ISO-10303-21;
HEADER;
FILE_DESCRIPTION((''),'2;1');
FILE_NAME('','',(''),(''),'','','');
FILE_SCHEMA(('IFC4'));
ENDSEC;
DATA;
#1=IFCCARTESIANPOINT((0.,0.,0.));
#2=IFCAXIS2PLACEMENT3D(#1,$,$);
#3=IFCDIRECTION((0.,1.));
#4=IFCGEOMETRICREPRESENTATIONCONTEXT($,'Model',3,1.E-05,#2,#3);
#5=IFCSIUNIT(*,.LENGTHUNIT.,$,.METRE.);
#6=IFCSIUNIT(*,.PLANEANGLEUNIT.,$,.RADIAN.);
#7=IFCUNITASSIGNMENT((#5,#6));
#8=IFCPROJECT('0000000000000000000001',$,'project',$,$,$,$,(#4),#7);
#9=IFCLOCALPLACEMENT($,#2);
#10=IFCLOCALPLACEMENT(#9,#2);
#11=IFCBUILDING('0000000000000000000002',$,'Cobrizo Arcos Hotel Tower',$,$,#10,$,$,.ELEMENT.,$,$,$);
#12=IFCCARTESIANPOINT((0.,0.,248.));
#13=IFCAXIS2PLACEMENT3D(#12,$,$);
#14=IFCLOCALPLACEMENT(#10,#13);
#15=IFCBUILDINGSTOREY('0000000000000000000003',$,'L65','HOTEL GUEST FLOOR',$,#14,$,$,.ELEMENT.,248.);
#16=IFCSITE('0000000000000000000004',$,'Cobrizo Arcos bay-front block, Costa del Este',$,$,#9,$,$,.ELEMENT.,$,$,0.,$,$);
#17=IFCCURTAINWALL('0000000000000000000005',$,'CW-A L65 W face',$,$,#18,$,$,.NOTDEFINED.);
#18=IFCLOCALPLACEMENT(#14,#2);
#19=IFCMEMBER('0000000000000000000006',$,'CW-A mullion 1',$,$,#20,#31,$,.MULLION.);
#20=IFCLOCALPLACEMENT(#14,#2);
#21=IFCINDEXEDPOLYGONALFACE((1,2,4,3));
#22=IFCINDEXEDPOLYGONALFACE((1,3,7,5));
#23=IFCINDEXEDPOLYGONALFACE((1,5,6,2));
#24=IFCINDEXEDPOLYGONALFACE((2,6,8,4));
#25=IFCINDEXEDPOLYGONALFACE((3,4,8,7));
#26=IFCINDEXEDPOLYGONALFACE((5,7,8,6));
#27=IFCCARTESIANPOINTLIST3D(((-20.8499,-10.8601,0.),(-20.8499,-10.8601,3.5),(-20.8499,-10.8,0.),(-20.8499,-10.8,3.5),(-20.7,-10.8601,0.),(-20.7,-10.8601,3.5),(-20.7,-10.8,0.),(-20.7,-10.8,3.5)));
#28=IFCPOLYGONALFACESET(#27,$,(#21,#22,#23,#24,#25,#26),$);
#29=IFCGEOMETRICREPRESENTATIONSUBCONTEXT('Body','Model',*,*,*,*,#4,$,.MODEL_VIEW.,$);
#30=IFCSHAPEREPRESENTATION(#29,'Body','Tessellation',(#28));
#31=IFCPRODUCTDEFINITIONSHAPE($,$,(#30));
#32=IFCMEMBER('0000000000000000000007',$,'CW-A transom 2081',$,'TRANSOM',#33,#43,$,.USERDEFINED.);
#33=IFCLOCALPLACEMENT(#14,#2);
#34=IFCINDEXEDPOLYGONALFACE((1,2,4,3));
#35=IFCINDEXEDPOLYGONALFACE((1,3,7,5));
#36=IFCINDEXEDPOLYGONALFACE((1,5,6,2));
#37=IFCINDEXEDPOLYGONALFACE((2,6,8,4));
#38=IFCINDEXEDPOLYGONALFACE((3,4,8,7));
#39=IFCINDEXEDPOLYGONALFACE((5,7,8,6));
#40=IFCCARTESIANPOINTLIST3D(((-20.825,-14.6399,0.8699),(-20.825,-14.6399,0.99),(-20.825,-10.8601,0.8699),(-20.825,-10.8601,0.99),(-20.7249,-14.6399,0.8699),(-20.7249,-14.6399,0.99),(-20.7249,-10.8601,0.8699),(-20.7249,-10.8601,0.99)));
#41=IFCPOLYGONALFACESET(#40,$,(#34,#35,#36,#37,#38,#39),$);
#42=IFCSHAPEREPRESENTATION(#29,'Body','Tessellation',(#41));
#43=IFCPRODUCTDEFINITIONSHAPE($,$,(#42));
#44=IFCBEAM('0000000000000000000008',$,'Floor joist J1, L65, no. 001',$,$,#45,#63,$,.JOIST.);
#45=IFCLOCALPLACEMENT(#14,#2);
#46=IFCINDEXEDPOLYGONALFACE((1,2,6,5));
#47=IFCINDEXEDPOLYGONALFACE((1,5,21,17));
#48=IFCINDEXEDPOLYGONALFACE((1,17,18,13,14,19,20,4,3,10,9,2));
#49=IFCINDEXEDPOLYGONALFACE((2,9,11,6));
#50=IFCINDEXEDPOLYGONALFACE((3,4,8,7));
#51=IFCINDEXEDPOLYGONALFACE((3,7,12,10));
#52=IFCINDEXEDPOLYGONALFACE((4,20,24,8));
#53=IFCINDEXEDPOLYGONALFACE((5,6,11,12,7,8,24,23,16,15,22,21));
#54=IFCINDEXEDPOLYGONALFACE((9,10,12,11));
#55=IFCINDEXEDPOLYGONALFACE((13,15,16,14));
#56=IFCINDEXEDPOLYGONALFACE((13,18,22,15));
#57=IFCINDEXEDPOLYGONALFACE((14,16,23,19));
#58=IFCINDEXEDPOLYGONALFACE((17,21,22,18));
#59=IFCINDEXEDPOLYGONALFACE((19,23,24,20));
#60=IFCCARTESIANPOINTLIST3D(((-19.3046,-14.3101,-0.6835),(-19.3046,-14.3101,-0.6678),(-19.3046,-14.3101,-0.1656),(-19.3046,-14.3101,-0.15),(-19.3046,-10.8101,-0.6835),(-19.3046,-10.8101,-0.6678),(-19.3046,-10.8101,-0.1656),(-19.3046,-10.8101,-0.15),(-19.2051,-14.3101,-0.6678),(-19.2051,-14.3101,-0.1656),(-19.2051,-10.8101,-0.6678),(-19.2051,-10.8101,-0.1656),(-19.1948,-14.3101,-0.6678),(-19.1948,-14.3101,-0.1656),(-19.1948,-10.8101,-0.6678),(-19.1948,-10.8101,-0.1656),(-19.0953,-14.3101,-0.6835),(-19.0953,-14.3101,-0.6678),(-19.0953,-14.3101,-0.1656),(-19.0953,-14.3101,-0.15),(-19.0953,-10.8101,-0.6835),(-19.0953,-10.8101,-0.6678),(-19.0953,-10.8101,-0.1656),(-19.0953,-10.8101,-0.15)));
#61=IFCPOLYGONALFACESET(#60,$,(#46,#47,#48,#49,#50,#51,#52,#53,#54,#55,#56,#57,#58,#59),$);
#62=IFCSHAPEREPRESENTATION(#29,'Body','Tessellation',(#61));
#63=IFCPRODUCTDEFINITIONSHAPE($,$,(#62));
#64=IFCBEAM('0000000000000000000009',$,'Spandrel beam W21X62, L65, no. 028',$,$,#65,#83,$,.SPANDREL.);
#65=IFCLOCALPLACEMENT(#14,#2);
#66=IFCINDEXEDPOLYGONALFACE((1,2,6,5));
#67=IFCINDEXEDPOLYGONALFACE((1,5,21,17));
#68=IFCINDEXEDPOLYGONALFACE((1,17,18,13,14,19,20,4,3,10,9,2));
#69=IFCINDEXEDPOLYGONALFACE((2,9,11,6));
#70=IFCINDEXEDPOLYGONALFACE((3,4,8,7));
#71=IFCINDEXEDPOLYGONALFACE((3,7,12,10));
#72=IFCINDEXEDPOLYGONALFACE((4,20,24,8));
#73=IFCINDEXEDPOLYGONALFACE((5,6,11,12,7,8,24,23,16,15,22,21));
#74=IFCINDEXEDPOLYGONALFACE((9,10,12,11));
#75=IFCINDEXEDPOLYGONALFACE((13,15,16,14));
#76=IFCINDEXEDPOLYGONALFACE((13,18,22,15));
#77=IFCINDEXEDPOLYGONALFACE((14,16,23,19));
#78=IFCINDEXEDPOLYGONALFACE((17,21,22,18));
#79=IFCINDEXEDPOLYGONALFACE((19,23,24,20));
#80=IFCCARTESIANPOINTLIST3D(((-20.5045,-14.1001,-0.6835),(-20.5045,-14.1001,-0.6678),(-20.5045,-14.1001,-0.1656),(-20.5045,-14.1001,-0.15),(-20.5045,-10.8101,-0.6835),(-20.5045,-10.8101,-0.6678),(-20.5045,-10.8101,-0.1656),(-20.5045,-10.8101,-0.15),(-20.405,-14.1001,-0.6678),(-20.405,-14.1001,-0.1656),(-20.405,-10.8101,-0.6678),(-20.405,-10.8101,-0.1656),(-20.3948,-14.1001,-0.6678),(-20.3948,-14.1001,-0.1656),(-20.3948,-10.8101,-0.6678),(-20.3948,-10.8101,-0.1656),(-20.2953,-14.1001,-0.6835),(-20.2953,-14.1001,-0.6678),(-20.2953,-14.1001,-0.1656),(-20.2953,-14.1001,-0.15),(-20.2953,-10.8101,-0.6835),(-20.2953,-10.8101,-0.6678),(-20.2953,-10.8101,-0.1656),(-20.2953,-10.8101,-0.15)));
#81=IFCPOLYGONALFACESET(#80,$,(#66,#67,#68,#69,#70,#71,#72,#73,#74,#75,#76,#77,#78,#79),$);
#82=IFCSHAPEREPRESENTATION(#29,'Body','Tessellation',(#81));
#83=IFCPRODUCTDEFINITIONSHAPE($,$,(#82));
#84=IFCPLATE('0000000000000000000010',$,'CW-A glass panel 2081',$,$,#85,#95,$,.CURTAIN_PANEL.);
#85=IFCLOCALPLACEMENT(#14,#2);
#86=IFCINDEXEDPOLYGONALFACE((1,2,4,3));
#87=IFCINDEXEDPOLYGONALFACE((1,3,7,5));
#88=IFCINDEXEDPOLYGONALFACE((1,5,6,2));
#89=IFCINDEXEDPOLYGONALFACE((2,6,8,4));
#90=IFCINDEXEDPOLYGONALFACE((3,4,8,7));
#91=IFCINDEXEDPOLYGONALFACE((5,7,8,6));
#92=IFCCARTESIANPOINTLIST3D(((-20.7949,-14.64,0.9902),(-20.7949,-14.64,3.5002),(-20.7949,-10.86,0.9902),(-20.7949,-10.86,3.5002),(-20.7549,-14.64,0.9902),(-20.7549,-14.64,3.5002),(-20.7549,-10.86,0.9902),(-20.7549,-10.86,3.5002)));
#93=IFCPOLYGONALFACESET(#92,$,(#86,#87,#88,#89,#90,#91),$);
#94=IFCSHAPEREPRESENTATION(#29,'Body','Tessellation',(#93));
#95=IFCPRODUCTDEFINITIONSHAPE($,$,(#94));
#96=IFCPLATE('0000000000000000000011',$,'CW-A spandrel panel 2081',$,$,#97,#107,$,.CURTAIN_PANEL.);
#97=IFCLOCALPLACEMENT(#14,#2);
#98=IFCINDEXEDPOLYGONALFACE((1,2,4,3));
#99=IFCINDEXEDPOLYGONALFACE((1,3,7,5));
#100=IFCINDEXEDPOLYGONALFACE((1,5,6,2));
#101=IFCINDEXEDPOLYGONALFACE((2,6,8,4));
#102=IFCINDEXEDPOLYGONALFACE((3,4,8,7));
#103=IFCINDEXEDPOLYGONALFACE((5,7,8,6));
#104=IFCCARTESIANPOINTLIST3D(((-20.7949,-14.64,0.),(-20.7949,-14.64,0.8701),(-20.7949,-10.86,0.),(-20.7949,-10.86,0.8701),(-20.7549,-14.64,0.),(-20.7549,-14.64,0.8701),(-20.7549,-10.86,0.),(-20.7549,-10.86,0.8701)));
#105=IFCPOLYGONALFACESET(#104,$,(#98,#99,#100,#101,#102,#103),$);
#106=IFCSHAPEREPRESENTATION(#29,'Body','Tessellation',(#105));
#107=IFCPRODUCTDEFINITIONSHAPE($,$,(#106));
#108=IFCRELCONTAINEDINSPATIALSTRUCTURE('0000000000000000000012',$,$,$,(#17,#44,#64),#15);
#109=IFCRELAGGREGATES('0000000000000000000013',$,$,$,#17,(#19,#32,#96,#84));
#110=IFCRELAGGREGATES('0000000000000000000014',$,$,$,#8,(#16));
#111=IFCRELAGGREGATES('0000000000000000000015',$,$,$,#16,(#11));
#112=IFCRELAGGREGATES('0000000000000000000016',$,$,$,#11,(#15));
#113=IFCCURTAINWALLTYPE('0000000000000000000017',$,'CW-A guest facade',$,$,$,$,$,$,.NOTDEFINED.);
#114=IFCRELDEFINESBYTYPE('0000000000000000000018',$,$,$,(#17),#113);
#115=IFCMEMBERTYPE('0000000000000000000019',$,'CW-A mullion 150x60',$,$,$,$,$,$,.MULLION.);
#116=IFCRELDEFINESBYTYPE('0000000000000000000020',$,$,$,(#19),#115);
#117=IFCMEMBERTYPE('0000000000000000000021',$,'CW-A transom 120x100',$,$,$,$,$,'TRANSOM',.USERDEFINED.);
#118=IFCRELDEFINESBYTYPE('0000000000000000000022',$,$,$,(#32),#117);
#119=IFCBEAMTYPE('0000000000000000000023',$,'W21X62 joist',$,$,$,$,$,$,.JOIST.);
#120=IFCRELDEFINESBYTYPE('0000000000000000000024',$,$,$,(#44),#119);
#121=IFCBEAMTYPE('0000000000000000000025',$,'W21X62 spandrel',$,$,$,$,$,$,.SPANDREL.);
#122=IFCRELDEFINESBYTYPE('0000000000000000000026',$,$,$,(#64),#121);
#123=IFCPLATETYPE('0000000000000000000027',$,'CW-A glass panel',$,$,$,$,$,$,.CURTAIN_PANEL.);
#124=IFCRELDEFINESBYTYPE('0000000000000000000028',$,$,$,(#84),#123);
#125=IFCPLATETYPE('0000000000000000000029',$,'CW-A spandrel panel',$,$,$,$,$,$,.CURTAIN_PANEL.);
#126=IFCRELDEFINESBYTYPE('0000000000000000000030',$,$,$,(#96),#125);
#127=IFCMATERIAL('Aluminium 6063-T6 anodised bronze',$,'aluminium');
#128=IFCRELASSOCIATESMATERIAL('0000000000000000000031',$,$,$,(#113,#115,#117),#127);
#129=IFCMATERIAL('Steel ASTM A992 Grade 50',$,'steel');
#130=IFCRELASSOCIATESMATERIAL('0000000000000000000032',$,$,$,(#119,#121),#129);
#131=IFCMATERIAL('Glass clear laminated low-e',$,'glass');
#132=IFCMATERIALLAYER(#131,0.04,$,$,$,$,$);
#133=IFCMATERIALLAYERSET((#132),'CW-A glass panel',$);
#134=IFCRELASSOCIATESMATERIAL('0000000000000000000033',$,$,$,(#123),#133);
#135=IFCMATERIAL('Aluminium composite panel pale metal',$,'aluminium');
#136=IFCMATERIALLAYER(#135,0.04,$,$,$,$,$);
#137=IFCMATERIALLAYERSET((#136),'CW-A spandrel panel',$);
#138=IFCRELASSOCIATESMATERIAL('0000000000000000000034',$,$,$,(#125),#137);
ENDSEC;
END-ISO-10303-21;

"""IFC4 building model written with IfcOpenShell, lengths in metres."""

from ifc_helpers import new_model, si_unit, direction, frame, origin, origin_2d, place, context, subcontext, project, spatial, rectangle, i_section, extrude, material, layer, layer_set, material_profile, profile_set, type_object, element, aggregate, save


model = new_model("IFC4")

# Units and contexts
model_context = context("Model", 3, precision=1e-05, world=origin(), true_north=direction((0.0, 1.0)))
body_context = subcontext(model_context, "Body", "Model", "MODEL_VIEW")
ifc_project = project(units=[si_unit("LENGTHUNIT", "METRE"), si_unit("PLANEANGLEUNIT", "RADIAN")], contexts=[model_context])

# Site, building, storey
site_placement = place(None, origin())
site = spatial("IfcSite", under=ifc_project, at=site_placement, Name="Cobrizo Arcos bay-front block, Costa del Este", CompositionType="ELEMENT", RefElevation=0.0)
building_placement = place(site_placement, origin())
building = spatial("IfcBuilding", under=site, at=building_placement, Name="Cobrizo Arcos Hotel Tower", CompositionType="ELEMENT")
storey_placement = place(building_placement, frame((0.0, 0.0, 248.0)))
storey = spatial("IfcBuildingStorey", under=building, at=storey_placement, Name="L65", Description="HOTEL GUEST FLOOR", CompositionType="ELEMENT", Elevation=248.0)

# Curtain wall, members
ifc_material_1 = material(Name="Aluminium 6063-T6 anodised bronze", Category="aluminium")
curtain_wall_type = type_object("IfcCurtainWallType", Name="CW-A guest facade", PredefinedType="NOTDEFINED", material=ifc_material_1)
curtain_wall_placement = place(storey_placement, origin())
curtain_wall = element("IfcCurtainWall", 1, at=curtain_wall_placement, inside=storey, type_object=curtain_wall_type, Name="CW-A L65 W face", PredefinedType="NOTDEFINED")
ifc_material_profile_1 = material_profile(ifc_material_1, rectangle(XDim=0.1499, YDim=0.0601, at=origin_2d()), Name="CW-A mullion 150x60")
ifc_profile_set_1 = profile_set([ifc_material_profile_1], Name="Aluminium 6063-T6 anodised bronze")
member_type_1 = type_object("IfcMemberType", Name="CW-A mullion 150x60", PredefinedType="MULLION", material=ifc_profile_set_1)
member_1_placement = place(storey_placement, frame((-20.7749, -10.8301, 0.0), z_axis=(0.0, 0.0, 1.0), x_axis=(-1.0, 0.0, 0.0)))
member_1 = element("IfcMember", 2, at=member_1_placement, type_object=member_type_1, Name="CW-A mullion 1", PredefinedType="MULLION", context=body_context, shape_type="SweptSolid", body=[
    extrude(rectangle(XDim=0.1499, YDim=0.0601, at=origin_2d()), origin(), (0.0, 0.0, 1.0), 3.5),
])
ifc_material_profile_2 = material_profile(ifc_material_1, rectangle(XDim=0.1001, YDim=0.1201, at=origin_2d()), Name="CW-A transom 120x100")
ifc_profile_set_2 = profile_set([ifc_material_profile_2], Name="Aluminium 6063-T6 anodised bronze")
member_type_2 = type_object("IfcMemberType", Name="CW-A transom 120x100", ElementType="TRANSOM", PredefinedType="USERDEFINED", material=ifc_profile_set_2)
member_2_placement = place(storey_placement, frame((-20.7749, -10.8601, 0.9299), z_axis=(0.0, -1.0, 0.0), x_axis=(1.0, 0.0, 0.0)))
member_2 = element("IfcMember", 3, at=member_2_placement, type_object=member_type_2, Name="CW-A transom 2081", ObjectType="TRANSOM", PredefinedType="USERDEFINED", context=body_context, shape_type="SweptSolid", body=[
    extrude(rectangle(XDim=0.1001, YDim=0.1201, at=origin_2d()), origin(), (0.0, 0.0, 1.0), 3.7798),
])

# Beams
ifc_material_2 = material(Name="Steel ASTM A992 Grade 50", Category="steel")
ifc_material_profile_3 = material_profile(ifc_material_2, i_section(OverallWidth=0.2092, OverallDepth=0.5334, WebThickness=0.0103, FlangeThickness=0.0156, at=origin_2d()), Name="W21X62")
ifc_profile_set_3 = profile_set([ifc_material_profile_3], Name="Steel ASTM A992 Grade 50")
beam_type_1 = type_object("IfcBeamType", Name="W21X62 joist", PredefinedType="JOIST", material=ifc_profile_set_3)
beam_1_placement = place(storey_placement, frame((-19.2, -14.3101, -0.4167), z_axis=(0.0, 1.0, 0.0), x_axis=(-1.0, 0.0, 0.0)))
element("IfcBeam", 4, at=beam_1_placement, inside=storey, type_object=beam_type_1, Name="Floor joist J1, L65, no. 001", PredefinedType="JOIST", context=body_context, shape_type="SweptSolid", body=[
    extrude(i_section(OverallWidth=0.2092, OverallDepth=0.5334, WebThickness=0.0103, FlangeThickness=0.0156, at=origin_2d()), origin(), (0.0, 0.0, 1.0), 3.5),
])
ifc_material_profile_4 = material_profile(ifc_material_2, i_section(OverallWidth=0.2092, OverallDepth=0.5334, WebThickness=0.0103, FlangeThickness=0.0156, at=origin_2d()), Name="W21X62")
ifc_profile_set_4 = profile_set([ifc_material_profile_4], Name="Steel ASTM A992 Grade 50")
beam_type_2 = type_object("IfcBeamType", Name="W21X62 spandrel", PredefinedType="SPANDREL", material=ifc_profile_set_4)
beam_2_placement = place(storey_placement, frame((-20.3999, -10.8101, -0.4167), z_axis=(0.0, -1.0, 0.0), x_axis=(1.0, 0.0, 0.0)))
element("IfcBeam", 5, at=beam_2_placement, inside=storey, type_object=beam_type_2, Name="Spandrel beam W21X62, L65, no. 028", PredefinedType="SPANDREL", context=body_context, shape_type="SweptSolid", body=[
    extrude(i_section(OverallWidth=0.2092, OverallDepth=0.5334, WebThickness=0.0103, FlangeThickness=0.0156, at=origin_2d()), origin(), (0.0, 0.0, 1.0), 3.29),
])

# Plates
ifc_material_3 = material(Name="Glass clear laminated low-e", Category="glass")
ifc_layer_1 = layer(ifc_material_3, 0.04)
ifc_layer_set_1 = layer_set([ifc_layer_1], Name="CW-A glass panel")
plate_type_1 = type_object("IfcPlateType", Name="CW-A glass panel", PredefinedType="CURTAIN_PANEL", material=ifc_layer_set_1)
plate_1_placement = place(storey_placement, frame((-20.7749, -12.75, 0.9902), z_axis=(0.0, 0.0, 1.0), x_axis=(0.0, -1.0, 0.0)))
plate_1 = element("IfcPlate", 6, at=plate_1_placement, type_object=plate_type_1, Name="CW-A glass panel 2081", PredefinedType="CURTAIN_PANEL", context=body_context, shape_type="SweptSolid", body=[
    extrude(rectangle(XDim=3.78, YDim=0.04, at=origin_2d()), origin(), (0.0, 0.0, 1.0), 2.51),
])
ifc_material_4 = material(Name="Aluminium composite panel pale metal", Category="aluminium")
ifc_layer_2 = layer(ifc_material_4, 0.04)
ifc_layer_set_2 = layer_set([ifc_layer_2], Name="CW-A spandrel panel")
plate_type_2 = type_object("IfcPlateType", Name="CW-A spandrel panel", PredefinedType="CURTAIN_PANEL", material=ifc_layer_set_2)
plate_2_placement = place(storey_placement, frame((-20.7749, -12.75, 0.0), z_axis=(0.0, 0.0, 1.0), x_axis=(0.0, -1.0, 0.0)))
plate_2 = element("IfcPlate", 7, at=plate_2_placement, type_object=plate_type_2, Name="CW-A spandrel panel 2081", PredefinedType="CURTAIN_PANEL", context=body_context, shape_type="SweptSolid", body=[
    extrude(rectangle(XDim=3.78, YDim=0.04, at=origin_2d()), origin(), (0.0, 0.0, 1.0), 0.8701),
])
aggregate(curtain_wall, [member_1, member_2, plate_2, plate_1])

save(model, "model.ifc")
